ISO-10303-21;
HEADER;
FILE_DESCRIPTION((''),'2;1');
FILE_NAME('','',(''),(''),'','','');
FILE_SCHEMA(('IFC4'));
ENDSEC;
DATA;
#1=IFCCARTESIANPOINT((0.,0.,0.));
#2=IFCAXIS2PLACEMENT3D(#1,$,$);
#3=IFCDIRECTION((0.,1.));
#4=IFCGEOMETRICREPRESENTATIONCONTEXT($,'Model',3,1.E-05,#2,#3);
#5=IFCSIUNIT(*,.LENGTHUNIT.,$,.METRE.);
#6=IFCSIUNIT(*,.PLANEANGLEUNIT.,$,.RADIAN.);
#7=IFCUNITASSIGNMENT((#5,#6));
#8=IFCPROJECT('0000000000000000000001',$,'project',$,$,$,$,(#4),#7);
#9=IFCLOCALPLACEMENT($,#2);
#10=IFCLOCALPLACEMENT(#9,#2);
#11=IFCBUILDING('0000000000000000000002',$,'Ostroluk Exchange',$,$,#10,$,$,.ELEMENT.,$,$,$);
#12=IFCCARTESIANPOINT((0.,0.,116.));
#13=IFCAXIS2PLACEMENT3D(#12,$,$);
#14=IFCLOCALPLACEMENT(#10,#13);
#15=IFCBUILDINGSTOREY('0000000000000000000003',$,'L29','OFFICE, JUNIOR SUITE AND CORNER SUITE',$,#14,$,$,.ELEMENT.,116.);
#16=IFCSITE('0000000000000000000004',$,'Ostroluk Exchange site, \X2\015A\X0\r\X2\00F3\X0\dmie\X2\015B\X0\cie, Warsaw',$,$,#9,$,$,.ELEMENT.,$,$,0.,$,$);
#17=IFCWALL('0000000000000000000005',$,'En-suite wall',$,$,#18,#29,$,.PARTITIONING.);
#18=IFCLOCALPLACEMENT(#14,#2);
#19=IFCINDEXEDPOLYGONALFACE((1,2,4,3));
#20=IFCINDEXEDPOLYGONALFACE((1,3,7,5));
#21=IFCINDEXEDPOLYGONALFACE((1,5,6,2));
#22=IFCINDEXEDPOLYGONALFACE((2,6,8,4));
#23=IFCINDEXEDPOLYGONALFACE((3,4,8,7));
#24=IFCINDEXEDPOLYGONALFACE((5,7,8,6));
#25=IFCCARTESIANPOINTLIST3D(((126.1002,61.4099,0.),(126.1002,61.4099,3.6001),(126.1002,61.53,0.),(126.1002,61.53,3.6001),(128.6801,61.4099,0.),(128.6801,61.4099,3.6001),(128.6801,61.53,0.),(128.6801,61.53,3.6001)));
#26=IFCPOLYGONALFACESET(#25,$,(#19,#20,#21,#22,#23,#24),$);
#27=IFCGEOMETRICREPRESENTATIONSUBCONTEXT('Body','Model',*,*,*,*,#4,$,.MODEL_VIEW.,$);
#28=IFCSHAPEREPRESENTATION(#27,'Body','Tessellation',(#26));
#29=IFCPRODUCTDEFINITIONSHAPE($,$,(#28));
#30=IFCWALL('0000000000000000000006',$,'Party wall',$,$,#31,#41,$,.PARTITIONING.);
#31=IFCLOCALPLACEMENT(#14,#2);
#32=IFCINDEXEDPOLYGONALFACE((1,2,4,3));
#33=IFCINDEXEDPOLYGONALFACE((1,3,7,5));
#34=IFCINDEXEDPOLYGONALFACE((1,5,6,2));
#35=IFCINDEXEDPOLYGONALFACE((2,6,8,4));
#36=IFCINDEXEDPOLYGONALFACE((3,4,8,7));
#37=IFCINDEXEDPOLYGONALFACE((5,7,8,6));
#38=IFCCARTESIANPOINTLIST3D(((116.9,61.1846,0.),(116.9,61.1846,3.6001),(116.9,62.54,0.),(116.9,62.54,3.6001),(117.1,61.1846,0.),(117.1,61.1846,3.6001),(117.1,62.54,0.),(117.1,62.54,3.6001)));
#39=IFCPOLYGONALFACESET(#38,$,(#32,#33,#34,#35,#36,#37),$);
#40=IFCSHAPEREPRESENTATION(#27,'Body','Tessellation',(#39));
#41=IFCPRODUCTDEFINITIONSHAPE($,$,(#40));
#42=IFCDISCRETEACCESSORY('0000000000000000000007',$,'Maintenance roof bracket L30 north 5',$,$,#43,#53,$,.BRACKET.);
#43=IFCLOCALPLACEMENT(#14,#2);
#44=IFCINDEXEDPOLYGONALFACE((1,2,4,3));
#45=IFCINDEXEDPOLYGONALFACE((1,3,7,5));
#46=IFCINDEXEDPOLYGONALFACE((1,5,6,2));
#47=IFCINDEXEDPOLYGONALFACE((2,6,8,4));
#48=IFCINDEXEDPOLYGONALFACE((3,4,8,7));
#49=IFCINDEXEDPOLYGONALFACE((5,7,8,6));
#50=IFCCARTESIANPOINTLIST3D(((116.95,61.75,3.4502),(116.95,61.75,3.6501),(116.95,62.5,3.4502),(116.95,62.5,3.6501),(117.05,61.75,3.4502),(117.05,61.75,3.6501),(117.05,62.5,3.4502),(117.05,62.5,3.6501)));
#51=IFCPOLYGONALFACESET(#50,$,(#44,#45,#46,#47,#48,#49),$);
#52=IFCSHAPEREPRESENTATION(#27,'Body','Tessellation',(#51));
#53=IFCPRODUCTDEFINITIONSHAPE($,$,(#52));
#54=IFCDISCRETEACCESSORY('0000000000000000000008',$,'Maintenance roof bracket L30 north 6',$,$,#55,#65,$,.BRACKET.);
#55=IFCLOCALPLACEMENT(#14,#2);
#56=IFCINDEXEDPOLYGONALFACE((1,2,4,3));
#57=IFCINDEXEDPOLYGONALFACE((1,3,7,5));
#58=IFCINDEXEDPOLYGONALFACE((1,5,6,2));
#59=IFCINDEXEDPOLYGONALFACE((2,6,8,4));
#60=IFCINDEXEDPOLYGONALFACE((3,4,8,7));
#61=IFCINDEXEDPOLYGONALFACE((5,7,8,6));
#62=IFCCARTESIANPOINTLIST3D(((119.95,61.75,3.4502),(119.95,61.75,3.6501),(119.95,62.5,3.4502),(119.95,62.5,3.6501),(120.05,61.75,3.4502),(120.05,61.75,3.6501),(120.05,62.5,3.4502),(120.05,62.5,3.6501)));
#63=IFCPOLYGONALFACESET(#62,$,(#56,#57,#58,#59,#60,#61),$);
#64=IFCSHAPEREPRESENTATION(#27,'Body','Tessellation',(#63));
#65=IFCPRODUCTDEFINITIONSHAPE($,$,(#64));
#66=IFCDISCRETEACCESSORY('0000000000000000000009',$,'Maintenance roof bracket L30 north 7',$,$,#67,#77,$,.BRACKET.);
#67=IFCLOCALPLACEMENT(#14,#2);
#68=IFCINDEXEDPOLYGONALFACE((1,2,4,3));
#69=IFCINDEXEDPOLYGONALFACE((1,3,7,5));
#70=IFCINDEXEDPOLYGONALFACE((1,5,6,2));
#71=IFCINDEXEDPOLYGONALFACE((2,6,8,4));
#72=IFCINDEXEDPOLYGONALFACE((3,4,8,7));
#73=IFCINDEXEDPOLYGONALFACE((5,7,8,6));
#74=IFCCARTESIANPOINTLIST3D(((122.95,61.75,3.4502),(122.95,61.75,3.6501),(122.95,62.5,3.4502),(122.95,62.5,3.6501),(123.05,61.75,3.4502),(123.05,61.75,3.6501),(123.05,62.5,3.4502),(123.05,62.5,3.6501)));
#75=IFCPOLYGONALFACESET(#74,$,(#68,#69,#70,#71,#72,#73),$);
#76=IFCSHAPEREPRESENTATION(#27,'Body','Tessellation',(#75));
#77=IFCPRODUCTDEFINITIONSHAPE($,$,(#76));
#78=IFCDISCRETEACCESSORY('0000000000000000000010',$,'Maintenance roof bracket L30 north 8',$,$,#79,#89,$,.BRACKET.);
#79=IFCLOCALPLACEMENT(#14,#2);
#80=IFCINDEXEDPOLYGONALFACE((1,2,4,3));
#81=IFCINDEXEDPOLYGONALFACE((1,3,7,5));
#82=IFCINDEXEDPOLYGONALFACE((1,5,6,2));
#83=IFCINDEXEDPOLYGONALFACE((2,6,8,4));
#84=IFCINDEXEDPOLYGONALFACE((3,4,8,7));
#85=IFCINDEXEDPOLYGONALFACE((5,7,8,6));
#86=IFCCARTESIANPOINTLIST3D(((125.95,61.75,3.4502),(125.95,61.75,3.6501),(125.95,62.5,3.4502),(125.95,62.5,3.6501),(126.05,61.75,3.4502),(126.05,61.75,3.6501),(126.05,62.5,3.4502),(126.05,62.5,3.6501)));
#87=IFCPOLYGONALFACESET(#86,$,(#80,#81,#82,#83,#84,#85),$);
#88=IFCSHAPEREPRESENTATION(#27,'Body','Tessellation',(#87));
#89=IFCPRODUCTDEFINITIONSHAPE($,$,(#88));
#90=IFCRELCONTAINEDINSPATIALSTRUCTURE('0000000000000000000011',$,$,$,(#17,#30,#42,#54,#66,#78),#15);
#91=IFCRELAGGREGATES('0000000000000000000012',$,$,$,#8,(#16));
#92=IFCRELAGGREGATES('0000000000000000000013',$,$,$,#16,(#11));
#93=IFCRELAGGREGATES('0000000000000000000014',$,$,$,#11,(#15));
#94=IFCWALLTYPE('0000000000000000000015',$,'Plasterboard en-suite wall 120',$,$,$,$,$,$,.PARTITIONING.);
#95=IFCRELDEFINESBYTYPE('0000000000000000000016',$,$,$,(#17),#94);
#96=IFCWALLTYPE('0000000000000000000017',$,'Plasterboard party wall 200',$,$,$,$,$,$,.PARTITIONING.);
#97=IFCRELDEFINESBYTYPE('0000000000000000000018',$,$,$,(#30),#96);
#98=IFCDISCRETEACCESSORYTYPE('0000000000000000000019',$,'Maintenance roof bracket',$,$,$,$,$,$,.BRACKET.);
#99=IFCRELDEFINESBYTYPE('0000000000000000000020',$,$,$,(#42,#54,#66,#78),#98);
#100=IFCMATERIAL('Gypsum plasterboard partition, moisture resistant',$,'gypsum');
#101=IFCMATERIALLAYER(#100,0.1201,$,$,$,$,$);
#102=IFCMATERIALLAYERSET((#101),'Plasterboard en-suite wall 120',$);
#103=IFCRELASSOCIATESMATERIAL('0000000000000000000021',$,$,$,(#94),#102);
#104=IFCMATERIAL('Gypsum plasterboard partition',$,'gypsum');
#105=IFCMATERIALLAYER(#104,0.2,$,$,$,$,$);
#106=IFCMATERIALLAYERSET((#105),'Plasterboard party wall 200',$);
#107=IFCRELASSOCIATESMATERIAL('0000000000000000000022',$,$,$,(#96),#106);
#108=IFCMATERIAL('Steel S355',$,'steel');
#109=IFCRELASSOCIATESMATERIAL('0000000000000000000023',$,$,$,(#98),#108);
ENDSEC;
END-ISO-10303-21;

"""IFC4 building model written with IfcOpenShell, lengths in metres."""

from ifc_helpers import new_model, si_unit, direction, frame, frame_2d, origin, origin_2d, place, context, subcontext, project, spatial, rectangle, extrude, material, layer, layer_set, type_object, element, save


model = new_model("IFC4")

# Units and contexts
model_context = context("Model", 3, precision=1e-05, world=origin(), true_north=direction((0.0, 1.0)))
body_context = subcontext(model_context, "Body", "Model", "MODEL_VIEW")
ifc_project = project(units=[si_unit("LENGTHUNIT", "METRE"), si_unit("PLANEANGLEUNIT", "RADIAN")], contexts=[model_context])

# Site, building, storey
site_placement = place(None, origin())
site = spatial("IfcSite", under=ifc_project, at=site_placement, Name="Ostroluk Exchange site, Śródmieście, Warsaw", CompositionType="ELEMENT", RefElevation=0.0)
building_placement = place(site_placement, origin())
building = spatial("IfcBuilding", under=site, at=building_placement, Name="Ostroluk Exchange", CompositionType="ELEMENT")
storey_placement = place(building_placement, frame((0.0, 0.0, 116.0)))
storey = spatial("IfcBuildingStorey", under=building, at=storey_placement, Name="L29", Description="OFFICE, JUNIOR SUITE AND CORNER SUITE", CompositionType="ELEMENT", Elevation=116.0)

# Walls
ifc_material_1 = material(Name="Gypsum plasterboard partition, moisture resistant", Category="gypsum")
ifc_layer_1 = layer(ifc_material_1, 0.1201)
ifc_layer_set_1 = layer_set([ifc_layer_1], Name="Plasterboard en-suite wall 120")
wall_type_1 = type_object("IfcWallType", Name="Plasterboard en-suite wall 120", PredefinedType="PARTITIONING", material=ifc_layer_set_1)
wall_1_placement = place(storey_placement, frame((126.1001, 61.47, 0.0), z_axis=(0.0, 0.0, 1.0), x_axis=(1.0, 0.0, 0.0)))
element("IfcWall", 1, at=wall_1_placement, inside=storey, type_object=wall_type_1, Name="En-suite wall", PredefinedType="PARTITIONING", context=body_context, shape_type="SweptSolid", body=[
    extrude(rectangle(XDim=2.5798, YDim=0.1201, at=frame_2d((1.29, 0.0))), origin(), (0.0, 0.0, 1.0), 3.6001),
])
ifc_material_2 = material(Name="Gypsum plasterboard partition", Category="gypsum")
ifc_layer_2 = layer(ifc_material_2, 0.2)
ifc_layer_set_2 = layer_set([ifc_layer_2], Name="Plasterboard party wall 200")
wall_type_2 = type_object("IfcWallType", Name="Plasterboard party wall 200", PredefinedType="PARTITIONING", material=ifc_layer_set_2)
wall_2_placement = place(storey_placement, frame((117.0, 61.1846, 0.0), z_axis=(0.0, 0.0, 1.0), x_axis=(0.0, 1.0, 0.0)))
element("IfcWall", 2, at=wall_2_placement, inside=storey, type_object=wall_type_2, Name="Party wall", PredefinedType="PARTITIONING", context=body_context, shape_type="SweptSolid", body=[
    extrude(rectangle(XDim=1.3555, YDim=0.2, at=frame_2d((0.6777, 0.0))), origin(), (0.0, 0.0, 1.0), 3.6001),
])

# Discrete accessories
ifc_material_3 = material(Name="Steel S355", Category="steel")
discrete_accessory_type = type_object("IfcDiscreteAccessoryType", Name="Maintenance roof bracket", PredefinedType="BRACKET", material=ifc_material_3)
for number, where, z_axis, x_axis, name in (
    (3, (117.0, 62.125, 3.4502), (0.0, 0.0, 1.0), (1.0, 0.0, 0.0), "Maintenance roof bracket L30 north 5"),
    (4, (120.0, 62.125, 3.4502), (0.0, 0.0, 1.0), (1.0, 0.0, 0.0), "Maintenance roof bracket L30 north 6"),
    (5, (123.0, 62.125, 3.4502), (0.0, 0.0, 1.0), (1.0, 0.0, 0.0), "Maintenance roof bracket L30 north 7"),
    (6, (126.0, 62.125, 3.4502), (0.0, 0.0, 1.0), (1.0, 0.0, 0.0), "Maintenance roof bracket L30 north 8"),
):
    element("IfcDiscreteAccessory", number, at=place(storey_placement, frame(where, z_axis=z_axis, x_axis=x_axis)), inside=storey, type_object=discrete_accessory_type, Name=name, PredefinedType="BRACKET", context=body_context, shape_type="SweptSolid", body=[
        extrude(rectangle(XDim=0.1001, YDim=0.75, at=origin_2d()), origin(), (0.0, 0.0, 1.0), 0.2),
    ])

save(model, "model.ifc")
